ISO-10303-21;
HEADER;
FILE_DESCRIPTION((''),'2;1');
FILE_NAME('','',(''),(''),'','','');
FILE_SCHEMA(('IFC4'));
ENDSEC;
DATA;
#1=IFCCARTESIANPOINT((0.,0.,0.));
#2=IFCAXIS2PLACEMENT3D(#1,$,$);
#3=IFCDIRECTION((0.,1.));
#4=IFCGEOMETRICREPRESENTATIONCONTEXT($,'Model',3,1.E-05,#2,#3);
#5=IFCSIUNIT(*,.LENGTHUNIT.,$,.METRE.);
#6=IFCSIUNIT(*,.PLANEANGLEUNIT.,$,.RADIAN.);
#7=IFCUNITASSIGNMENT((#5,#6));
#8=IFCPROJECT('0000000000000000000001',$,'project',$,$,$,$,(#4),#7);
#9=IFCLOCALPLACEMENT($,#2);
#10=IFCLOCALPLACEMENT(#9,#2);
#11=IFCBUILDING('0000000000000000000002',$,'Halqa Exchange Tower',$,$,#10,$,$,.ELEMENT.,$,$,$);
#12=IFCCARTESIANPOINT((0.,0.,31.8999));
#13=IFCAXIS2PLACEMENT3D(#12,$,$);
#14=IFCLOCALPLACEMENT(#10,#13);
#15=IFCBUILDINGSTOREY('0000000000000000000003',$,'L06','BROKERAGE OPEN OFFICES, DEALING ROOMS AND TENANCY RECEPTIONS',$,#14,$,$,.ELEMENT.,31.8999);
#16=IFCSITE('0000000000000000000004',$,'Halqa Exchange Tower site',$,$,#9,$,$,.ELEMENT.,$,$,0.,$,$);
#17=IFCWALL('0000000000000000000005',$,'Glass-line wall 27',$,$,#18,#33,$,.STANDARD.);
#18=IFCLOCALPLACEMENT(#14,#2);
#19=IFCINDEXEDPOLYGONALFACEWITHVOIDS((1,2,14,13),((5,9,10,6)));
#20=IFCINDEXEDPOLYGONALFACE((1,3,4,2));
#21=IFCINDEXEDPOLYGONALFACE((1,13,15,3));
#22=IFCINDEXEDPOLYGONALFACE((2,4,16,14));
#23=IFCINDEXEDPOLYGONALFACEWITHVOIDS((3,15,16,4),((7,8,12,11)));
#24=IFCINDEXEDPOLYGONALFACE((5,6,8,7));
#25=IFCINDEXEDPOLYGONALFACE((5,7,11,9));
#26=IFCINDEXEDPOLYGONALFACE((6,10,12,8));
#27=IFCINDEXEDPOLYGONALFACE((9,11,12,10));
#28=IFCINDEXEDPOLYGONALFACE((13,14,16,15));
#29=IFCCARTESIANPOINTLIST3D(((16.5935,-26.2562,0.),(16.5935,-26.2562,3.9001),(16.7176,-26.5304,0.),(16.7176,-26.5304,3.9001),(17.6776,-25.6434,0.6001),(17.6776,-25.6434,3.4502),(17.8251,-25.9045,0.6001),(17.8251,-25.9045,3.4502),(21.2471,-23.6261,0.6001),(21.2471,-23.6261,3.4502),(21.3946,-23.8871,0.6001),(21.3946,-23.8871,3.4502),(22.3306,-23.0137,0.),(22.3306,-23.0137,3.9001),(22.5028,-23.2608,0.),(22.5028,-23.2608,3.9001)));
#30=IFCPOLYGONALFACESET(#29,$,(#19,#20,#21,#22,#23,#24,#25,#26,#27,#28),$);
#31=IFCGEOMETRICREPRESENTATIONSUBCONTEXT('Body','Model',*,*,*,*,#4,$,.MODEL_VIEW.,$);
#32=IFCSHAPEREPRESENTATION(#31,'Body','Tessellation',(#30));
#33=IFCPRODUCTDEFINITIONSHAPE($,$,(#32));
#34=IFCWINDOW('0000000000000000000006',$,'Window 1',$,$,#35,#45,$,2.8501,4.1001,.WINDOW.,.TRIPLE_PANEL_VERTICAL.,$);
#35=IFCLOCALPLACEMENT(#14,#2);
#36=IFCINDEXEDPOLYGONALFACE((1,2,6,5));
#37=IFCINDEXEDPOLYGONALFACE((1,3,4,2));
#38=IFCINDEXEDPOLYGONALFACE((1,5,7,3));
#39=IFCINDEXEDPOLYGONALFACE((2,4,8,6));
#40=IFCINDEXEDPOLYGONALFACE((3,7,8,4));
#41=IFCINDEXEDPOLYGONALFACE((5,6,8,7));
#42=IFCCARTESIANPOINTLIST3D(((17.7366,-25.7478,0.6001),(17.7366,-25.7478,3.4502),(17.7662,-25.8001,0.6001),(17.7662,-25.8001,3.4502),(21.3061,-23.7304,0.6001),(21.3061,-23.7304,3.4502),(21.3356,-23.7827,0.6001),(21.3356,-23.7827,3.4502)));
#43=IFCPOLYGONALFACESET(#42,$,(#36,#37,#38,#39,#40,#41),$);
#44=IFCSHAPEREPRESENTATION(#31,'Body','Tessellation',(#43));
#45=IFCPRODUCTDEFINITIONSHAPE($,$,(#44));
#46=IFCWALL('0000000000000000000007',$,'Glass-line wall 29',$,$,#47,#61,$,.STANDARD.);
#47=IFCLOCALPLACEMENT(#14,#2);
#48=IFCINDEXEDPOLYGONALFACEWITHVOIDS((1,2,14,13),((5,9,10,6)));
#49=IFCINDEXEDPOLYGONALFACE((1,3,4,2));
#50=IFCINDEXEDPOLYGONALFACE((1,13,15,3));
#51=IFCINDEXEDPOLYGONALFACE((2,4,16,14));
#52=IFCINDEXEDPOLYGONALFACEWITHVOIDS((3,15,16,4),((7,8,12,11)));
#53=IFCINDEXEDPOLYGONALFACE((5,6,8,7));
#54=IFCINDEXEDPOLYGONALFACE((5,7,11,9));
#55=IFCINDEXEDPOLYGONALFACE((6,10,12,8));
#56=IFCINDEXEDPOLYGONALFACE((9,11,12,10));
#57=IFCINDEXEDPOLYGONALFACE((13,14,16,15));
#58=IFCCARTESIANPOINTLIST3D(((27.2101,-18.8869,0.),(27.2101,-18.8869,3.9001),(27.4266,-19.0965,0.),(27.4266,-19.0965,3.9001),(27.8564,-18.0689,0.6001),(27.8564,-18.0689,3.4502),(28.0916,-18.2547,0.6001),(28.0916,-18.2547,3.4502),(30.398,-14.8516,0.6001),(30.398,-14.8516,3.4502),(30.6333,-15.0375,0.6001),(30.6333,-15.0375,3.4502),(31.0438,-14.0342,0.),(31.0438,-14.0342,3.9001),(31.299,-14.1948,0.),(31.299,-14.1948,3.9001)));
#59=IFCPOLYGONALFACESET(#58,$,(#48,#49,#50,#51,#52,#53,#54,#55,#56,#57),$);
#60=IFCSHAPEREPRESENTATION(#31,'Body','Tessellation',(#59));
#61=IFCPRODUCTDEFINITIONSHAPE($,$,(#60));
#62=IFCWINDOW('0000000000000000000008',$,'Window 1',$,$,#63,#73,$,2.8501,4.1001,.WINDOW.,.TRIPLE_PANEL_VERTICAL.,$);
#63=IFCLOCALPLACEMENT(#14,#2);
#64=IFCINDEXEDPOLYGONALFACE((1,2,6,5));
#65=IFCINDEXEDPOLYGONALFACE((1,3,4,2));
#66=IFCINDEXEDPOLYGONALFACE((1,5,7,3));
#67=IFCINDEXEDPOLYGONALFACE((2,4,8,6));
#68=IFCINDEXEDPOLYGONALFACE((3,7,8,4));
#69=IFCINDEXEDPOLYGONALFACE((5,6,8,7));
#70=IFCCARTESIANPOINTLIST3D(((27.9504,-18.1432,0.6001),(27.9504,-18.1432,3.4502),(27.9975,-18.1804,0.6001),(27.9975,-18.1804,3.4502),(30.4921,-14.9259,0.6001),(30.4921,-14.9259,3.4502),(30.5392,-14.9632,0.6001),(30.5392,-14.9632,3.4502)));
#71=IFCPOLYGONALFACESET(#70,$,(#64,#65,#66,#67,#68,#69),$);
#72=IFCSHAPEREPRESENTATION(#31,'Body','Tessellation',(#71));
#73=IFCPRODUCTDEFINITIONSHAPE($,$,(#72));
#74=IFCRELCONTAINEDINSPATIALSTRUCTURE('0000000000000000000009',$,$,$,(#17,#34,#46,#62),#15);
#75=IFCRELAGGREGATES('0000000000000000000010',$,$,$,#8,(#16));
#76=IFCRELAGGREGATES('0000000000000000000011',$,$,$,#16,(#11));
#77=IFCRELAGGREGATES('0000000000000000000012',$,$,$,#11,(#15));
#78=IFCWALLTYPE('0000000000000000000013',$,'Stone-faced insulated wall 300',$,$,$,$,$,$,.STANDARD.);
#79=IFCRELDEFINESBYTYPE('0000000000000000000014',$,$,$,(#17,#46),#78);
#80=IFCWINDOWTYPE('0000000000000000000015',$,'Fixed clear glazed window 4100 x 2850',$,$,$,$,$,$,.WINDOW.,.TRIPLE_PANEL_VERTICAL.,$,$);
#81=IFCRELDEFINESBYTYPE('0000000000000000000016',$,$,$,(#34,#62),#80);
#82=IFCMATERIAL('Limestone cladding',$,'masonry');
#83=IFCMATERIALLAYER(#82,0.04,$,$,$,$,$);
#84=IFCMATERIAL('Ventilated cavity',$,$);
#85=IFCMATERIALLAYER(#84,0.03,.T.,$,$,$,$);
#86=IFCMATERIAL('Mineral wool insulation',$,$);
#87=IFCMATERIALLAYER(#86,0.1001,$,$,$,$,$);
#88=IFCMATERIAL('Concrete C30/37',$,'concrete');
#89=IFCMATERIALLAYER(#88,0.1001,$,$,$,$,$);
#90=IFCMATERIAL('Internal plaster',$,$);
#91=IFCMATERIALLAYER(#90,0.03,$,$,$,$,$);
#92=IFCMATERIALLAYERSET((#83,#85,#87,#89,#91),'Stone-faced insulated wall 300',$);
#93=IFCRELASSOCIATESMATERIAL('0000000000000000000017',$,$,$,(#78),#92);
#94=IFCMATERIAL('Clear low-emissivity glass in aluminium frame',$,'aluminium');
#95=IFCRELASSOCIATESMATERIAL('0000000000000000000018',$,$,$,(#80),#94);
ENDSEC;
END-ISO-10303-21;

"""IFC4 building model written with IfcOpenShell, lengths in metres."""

from ifc_helpers import new_model, si_unit, direction, frame, frame_2d, origin, place, context, subcontext, project, spatial, polyline, rectangle, outline, extrude, material, layer, layer_set, type_object, element, fill, save


model = new_model("IFC4")

# Units and contexts
model_context = context("Model", 3, precision=1e-05, world=origin(), true_north=direction((0.0, 1.0)))
body_context = subcontext(model_context, "Body", "Model", "MODEL_VIEW")
ifc_project = project(units=[si_unit("LENGTHUNIT", "METRE"), si_unit("PLANEANGLEUNIT", "RADIAN")], contexts=[model_context])

# Site, building, storey
site_placement = place(None, origin())
site = spatial("IfcSite", under=ifc_project, at=site_placement, Name="Halqa Exchange Tower site", CompositionType="ELEMENT", RefElevation=0.0)
building_placement = place(site_placement, origin())
building = spatial("IfcBuilding", under=site, at=building_placement, Name="Halqa Exchange Tower", CompositionType="ELEMENT")
storey_placement = place(building_placement, frame((0.0, 0.0, 31.8999)))
storey = spatial("IfcBuildingStorey", under=building, at=storey_placement, Name="L06", Description="BROKERAGE OPEN OFFICES, DEALING ROOMS AND TENANCY RECEPTIONS", CompositionType="ELEMENT", Elevation=31.8999)

# Wall, opening, window
ifc_material_1 = material(Name="Limestone cladding", Category="masonry")
ifc_layer_1 = layer(ifc_material_1, 0.04)
ifc_material_2 = material(Name="Ventilated cavity")
ifc_layer_2 = layer(ifc_material_2, 0.03, ventilated=True)
ifc_material_3 = material(Name="Mineral wool insulation")
ifc_layer_3 = layer(ifc_material_3, 0.1001)
ifc_material_4 = material(Name="Concrete C30/37", Category="concrete")
ifc_layer_4 = layer(ifc_material_4, 0.1001)
ifc_material_5 = material(Name="Internal plaster")
ifc_layer_5 = layer(ifc_material_5, 0.03)
ifc_layer_set_1 = layer_set([ifc_layer_1, ifc_layer_2, ifc_layer_3, ifc_layer_4, ifc_layer_5], Name="Stone-faced insulated wall 300")
wall_type_1 = type_object("IfcWallType", Name="Stone-faced insulated wall 300", PredefinedType="STANDARD", material=ifc_layer_set_1)
wall_1_placement = place(storey_placement, frame((16.6555, -26.3933, 0.0), z_axis=(0.0, 0.0, 1.0), x_axis=(0.870579, 0.492029, 0.0)))
wall_1 = element("IfcWall", 1, at=wall_1_placement, inside=storey, type_object=wall_type_1, Name="Glass-line wall 27", PredefinedType="STANDARD", context=body_context, shape_type="SweptSolid", body=[
    extrude(outline(polyline([(-0.0134, -0.1499), (6.6318, -0.1499), (6.6035, 0.1499), (0.0134, 0.1499), (-0.0134, -0.1499)])), origin(), (0.0, 0.0, 1.0), 3.9001),
])
opening_1_placement = place(wall_1_placement, frame((1.2588, 0.0, 0.6001)))
opening_1 = element("IfcOpeningElement", 2, at=opening_1_placement, cuts=wall_1, PredefinedType="OPENING", context=body_context, shape_type="SweptSolid", body=[
    extrude(rectangle(XDim=4.1001, YDim=2.8501, at=frame_2d((2.05, 1.425))), frame((0.0, 0.1621, 0.0), z_axis=(0.0, -1.0, 0.0), x_axis=(1.0, 0.0, 0.0)), (0.0, 0.0, 1.0), 0.324),
])
ifc_material_6 = material(Name="Clear low-emissivity glass in aluminium frame", Category="aluminium")
window_type = type_object("IfcWindowType", Name="Fixed clear glazed window 4100 x 2850", PartitioningType="TRIPLE_PANEL_VERTICAL", PredefinedType="WINDOW", material=ifc_material_6)
window_1_placement = place(opening_1_placement, origin())
window_1 = element("IfcWindow", 3, at=window_1_placement, inside=storey, type_object=window_type, Name="Window 1", OverallHeight=2.8501, OverallWidth=4.1001, PartitioningType="TRIPLE_PANEL_VERTICAL", PredefinedType="WINDOW", context=body_context, shape_type="SweptSolid", body=[
    extrude(rectangle(XDim=4.1001, YDim=2.8501, at=frame_2d((2.05, 1.425))), frame((0.0, 0.03, 0.0), z_axis=(0.0, -1.0, 0.0), x_axis=(1.0, 0.0, 0.0)), (0.0, 0.0, 1.0), 0.0601),
])
fill(opening_1, window_1)

# Wall, opening, window
wall_2_placement = place(storey_placement, frame((27.3184, -18.9917, 0.0), z_axis=(0.0, 0.0, 1.0), x_axis=(0.619903, 0.784679, 0.0)))
wall_2 = element("IfcWall", 4, at=wall_2_placement, inside=storey, type_object=wall_type_1, Name="Glass-line wall 29", PredefinedType="STANDARD", context=body_context, shape_type="SweptSolid", body=[
    extrude(outline(polyline([(-0.0151, -0.1499), (6.2317, -0.1499), (6.1995, 0.1499), (0.0151, 0.1499), (-0.0151, -0.1499)])), origin(), (0.0, 0.0, 1.0), 3.9001),
])
opening_2_placement = place(wall_2_placement, frame((1.0576, 0.0, 0.6001)))
opening_2 = element("IfcOpeningElement", 5, at=opening_2_placement, cuts=wall_2, PredefinedType="OPENING", context=body_context, shape_type="SweptSolid", body=[
    extrude(rectangle(XDim=4.1001, YDim=2.8501, at=frame_2d((2.05, 1.425))), frame((0.0, 0.1621, 0.0), z_axis=(0.0, -1.0, 0.0), x_axis=(1.0, 0.0, 0.0)), (0.0, 0.0, 1.0), 0.324),
])
window_2_placement = place(opening_2_placement, origin())
window_2 = element("IfcWindow", 6, at=window_2_placement, inside=storey, type_object=window_type, Name="Window 1", OverallHeight=2.8501, OverallWidth=4.1001, PartitioningType="TRIPLE_PANEL_VERTICAL", PredefinedType="WINDOW", context=body_context, shape_type="SweptSolid", body=[
    extrude(rectangle(XDim=4.1001, YDim=2.8501, at=frame_2d((2.05, 1.425))), frame((0.0, 0.03, 0.0), z_axis=(0.0, -1.0, 0.0), x_axis=(1.0, 0.0, 0.0)), (0.0, 0.0, 1.0), 0.0601),
])
fill(opening_2, window_2)

save(model, "model.ifc")
